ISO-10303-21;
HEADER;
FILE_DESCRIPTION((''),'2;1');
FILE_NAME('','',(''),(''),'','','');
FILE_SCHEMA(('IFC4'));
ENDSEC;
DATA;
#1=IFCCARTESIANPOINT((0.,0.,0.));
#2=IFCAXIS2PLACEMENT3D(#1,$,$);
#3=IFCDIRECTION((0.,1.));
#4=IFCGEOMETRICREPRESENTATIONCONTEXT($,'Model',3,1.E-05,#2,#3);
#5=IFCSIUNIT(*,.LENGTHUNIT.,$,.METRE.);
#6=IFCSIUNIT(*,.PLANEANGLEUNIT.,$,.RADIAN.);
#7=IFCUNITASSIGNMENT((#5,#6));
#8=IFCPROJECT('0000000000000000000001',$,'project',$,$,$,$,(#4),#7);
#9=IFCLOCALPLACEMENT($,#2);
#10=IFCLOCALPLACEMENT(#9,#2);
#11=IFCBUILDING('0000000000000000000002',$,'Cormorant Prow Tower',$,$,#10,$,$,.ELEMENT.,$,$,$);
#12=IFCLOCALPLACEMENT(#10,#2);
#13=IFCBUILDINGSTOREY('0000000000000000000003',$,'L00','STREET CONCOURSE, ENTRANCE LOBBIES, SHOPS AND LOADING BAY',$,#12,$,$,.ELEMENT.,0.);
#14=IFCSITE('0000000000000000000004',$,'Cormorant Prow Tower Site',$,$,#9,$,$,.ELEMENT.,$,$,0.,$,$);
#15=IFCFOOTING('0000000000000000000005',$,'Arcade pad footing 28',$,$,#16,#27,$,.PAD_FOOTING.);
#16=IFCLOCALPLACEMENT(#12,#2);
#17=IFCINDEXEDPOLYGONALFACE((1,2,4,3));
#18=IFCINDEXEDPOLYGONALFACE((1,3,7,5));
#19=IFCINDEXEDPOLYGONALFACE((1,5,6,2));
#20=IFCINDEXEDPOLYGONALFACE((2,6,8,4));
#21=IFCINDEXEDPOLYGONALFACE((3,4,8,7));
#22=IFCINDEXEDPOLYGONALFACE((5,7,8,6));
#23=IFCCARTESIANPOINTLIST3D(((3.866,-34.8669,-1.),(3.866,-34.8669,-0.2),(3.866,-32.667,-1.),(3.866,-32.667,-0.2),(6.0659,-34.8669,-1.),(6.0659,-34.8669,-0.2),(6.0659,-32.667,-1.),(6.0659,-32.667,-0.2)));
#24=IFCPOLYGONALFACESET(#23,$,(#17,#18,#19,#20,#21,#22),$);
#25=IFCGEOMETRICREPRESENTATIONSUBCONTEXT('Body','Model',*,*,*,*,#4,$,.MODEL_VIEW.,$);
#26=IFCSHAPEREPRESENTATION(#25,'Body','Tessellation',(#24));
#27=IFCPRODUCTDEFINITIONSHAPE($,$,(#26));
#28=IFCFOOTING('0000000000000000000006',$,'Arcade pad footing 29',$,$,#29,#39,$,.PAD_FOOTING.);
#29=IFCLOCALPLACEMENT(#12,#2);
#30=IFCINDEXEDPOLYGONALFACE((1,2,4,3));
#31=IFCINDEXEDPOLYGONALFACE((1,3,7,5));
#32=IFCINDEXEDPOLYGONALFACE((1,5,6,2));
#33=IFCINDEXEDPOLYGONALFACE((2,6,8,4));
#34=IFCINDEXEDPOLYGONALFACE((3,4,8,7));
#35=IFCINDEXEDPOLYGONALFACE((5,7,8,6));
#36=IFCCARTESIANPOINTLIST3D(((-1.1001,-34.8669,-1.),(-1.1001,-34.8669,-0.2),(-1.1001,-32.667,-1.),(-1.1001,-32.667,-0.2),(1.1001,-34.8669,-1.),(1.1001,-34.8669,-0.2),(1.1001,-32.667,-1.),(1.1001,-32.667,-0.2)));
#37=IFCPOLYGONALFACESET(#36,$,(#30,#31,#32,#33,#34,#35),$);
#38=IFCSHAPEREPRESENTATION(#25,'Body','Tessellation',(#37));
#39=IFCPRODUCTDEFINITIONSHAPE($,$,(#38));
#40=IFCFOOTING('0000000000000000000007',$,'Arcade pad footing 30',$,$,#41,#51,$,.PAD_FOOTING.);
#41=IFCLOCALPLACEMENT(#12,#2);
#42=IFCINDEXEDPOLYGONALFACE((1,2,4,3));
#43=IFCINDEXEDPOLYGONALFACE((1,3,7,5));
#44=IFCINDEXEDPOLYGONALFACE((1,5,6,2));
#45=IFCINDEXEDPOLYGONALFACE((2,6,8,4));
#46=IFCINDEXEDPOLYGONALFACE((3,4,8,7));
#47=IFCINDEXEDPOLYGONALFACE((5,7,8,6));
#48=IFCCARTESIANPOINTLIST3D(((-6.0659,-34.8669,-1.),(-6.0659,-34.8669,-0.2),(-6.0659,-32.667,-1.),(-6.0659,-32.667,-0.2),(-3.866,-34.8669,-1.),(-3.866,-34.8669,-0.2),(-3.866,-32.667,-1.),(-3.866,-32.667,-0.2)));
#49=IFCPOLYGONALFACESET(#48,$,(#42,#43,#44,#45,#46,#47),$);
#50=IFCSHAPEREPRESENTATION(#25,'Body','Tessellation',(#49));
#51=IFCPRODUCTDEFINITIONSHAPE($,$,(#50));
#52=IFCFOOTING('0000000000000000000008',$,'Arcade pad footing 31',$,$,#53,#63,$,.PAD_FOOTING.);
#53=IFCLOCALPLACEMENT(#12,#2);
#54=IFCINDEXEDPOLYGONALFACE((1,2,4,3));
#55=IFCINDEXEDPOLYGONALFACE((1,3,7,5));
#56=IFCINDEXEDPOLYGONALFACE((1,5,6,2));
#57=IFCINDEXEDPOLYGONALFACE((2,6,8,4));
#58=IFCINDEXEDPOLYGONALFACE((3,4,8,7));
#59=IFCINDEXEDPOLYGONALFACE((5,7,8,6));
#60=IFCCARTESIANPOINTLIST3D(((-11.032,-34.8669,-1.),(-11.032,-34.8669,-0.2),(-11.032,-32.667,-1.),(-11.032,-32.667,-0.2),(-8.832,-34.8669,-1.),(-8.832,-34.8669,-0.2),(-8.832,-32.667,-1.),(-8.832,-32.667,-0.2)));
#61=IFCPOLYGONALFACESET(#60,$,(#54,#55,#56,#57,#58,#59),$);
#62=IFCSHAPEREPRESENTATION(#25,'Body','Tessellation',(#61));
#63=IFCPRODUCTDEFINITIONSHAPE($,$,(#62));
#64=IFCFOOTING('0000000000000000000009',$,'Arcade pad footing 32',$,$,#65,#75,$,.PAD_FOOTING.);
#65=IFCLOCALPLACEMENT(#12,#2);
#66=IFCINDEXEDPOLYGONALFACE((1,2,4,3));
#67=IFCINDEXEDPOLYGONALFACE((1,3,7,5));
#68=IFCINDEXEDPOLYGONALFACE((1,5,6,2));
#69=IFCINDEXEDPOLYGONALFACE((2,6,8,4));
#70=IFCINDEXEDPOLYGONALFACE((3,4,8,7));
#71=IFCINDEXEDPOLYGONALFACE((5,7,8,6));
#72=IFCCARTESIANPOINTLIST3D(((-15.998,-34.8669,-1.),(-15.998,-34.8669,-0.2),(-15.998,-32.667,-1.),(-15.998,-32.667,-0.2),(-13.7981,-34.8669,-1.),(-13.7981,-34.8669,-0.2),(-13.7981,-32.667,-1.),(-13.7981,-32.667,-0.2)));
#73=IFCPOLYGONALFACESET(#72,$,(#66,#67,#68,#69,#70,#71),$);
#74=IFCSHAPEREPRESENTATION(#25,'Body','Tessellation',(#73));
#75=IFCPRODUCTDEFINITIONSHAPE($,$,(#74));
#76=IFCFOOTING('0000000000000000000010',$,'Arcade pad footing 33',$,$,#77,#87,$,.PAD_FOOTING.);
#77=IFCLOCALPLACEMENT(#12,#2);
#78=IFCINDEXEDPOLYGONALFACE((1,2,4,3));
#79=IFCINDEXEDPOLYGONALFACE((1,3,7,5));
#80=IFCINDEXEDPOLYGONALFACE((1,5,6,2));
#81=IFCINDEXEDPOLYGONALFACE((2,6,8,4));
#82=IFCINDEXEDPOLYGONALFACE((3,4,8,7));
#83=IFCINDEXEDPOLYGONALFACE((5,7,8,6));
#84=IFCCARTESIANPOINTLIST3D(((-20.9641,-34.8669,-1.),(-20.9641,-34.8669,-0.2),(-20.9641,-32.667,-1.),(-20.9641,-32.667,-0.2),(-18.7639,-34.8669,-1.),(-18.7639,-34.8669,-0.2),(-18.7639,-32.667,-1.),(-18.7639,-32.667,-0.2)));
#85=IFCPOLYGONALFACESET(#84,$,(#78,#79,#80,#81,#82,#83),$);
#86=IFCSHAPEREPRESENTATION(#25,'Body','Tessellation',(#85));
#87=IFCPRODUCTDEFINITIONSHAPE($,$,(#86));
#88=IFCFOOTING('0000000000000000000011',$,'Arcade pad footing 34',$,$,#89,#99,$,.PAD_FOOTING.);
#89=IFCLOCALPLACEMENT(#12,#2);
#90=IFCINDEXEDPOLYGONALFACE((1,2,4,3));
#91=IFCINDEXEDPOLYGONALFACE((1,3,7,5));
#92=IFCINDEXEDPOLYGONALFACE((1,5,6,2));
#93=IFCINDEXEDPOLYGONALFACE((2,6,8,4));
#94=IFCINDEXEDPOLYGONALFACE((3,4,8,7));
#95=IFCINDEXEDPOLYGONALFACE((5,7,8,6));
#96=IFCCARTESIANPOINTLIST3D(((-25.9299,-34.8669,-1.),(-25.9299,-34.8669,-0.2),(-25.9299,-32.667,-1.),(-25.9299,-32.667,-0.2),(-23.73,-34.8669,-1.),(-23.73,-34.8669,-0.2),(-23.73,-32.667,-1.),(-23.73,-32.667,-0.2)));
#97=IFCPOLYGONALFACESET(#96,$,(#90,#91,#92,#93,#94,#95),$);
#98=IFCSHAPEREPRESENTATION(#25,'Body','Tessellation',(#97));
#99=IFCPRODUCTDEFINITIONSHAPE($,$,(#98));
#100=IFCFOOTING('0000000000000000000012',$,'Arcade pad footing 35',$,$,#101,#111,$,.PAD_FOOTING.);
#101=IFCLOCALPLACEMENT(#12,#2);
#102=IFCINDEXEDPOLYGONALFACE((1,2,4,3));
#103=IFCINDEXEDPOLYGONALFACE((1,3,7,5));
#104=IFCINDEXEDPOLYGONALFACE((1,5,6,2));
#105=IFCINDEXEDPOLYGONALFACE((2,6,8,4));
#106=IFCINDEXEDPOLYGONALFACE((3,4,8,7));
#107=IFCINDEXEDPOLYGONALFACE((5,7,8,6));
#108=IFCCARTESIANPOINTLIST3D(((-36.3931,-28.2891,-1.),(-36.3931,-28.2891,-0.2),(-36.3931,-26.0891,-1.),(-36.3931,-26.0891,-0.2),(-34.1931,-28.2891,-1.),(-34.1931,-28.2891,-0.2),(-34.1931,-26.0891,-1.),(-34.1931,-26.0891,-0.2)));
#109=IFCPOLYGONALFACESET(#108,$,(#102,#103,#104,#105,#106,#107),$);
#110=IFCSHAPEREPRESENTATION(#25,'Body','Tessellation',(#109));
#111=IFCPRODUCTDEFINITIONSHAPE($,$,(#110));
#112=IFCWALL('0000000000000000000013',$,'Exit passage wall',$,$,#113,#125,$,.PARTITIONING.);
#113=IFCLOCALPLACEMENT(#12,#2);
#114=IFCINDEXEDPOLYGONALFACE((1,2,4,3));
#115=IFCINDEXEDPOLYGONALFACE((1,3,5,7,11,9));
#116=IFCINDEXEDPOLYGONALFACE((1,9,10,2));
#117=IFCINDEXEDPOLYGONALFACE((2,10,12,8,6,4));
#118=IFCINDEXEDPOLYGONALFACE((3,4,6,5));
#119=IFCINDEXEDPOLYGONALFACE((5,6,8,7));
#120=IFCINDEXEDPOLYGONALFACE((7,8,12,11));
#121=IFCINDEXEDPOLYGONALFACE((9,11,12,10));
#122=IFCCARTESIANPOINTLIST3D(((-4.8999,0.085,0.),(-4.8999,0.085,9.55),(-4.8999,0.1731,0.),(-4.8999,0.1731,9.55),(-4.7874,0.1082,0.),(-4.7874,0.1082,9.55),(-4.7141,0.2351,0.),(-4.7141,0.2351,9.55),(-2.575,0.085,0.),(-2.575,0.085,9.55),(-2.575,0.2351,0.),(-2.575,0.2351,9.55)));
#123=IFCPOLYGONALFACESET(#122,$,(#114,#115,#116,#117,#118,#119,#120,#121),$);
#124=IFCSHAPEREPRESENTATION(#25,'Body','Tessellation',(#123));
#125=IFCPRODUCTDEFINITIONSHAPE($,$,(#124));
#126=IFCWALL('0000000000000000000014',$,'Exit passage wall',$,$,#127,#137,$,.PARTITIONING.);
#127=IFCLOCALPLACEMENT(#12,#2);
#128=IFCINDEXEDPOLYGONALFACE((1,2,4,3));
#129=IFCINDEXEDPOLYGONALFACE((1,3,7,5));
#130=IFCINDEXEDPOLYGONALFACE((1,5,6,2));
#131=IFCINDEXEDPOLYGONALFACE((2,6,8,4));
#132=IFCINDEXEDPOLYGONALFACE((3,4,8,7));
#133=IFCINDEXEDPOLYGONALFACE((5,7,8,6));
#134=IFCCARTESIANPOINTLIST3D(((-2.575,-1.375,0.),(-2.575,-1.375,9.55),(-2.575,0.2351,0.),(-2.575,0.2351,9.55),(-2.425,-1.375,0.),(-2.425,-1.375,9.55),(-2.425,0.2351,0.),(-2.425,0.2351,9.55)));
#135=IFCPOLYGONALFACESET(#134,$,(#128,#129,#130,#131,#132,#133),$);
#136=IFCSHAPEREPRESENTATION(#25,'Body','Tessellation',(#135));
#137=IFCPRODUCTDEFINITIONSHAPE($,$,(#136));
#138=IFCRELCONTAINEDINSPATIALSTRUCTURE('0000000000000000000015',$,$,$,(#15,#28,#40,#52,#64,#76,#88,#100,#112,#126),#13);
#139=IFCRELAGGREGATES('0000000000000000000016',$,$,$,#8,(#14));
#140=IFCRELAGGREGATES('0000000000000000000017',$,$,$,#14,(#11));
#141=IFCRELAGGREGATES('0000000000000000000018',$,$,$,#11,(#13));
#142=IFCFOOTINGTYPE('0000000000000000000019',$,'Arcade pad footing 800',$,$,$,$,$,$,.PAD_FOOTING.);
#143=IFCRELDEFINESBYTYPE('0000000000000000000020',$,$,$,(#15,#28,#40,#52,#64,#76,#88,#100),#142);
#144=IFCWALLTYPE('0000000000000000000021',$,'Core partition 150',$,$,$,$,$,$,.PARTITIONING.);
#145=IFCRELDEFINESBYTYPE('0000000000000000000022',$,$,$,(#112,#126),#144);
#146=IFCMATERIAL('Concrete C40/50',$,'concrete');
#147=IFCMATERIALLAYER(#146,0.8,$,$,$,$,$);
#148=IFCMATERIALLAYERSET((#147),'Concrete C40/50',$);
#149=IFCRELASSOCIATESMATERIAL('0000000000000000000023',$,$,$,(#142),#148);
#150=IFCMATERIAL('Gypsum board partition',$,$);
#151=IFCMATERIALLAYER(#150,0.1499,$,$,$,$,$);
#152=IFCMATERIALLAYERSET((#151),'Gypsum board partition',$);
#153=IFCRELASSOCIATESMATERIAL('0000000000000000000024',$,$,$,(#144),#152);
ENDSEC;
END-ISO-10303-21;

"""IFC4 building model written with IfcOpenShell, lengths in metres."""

from ifc_helpers import new_model, si_unit, direction, frame, origin, place, context, subcontext, project, spatial, polyline, outline, extrude, material, layer, layer_set, type_object, element, save


model = new_model("IFC4")

# Units and contexts
model_context = context("Model", 3, precision=1e-05, world=origin(), true_north=direction((0.0, 1.0)))
body_context = subcontext(model_context, "Body", "Model", "MODEL_VIEW")
ifc_project = project(units=[si_unit("LENGTHUNIT", "METRE"), si_unit("PLANEANGLEUNIT", "RADIAN")], contexts=[model_context])

# Site, building, storey
site_placement = place(None, origin())
site = spatial("IfcSite", under=ifc_project, at=site_placement, Name="Cormorant Prow Tower Site", CompositionType="ELEMENT", RefElevation=0.0)
building_placement = place(site_placement, origin())
building = spatial("IfcBuilding", under=site, at=building_placement, Name="Cormorant Prow Tower", CompositionType="ELEMENT")
storey_placement = place(building_placement, origin())
storey = spatial("IfcBuildingStorey", under=building, at=storey_placement, Name="L00", Description="STREET CONCOURSE, ENTRANCE LOBBIES, SHOPS AND LOADING BAY", CompositionType="ELEMENT", Elevation=0.0)

# Footings
ifc_material_1 = material(Name="Concrete C40/50", Category="concrete")
ifc_layer_1 = layer(ifc_material_1, 0.8)
ifc_layer_set_1 = layer_set([ifc_layer_1], Name="Concrete C40/50")
footing_type = type_object("IfcFootingType", Name="Arcade pad footing 800", PredefinedType="PAD_FOOTING", material=ifc_layer_set_1)
footing_1_placement = place(storey_placement, frame((0.0, 0.0, -1.0)))
element("IfcFooting", 1, at=footing_1_placement, inside=storey, type_object=footing_type, Name="Arcade pad footing 28", PredefinedType="PAD_FOOTING", context=body_context, shape_type="SweptSolid", body=[
    extrude(outline(polyline([(3.866, -34.8669), (6.0659, -34.8669), (6.0659, -32.667), (3.866, -32.667), (3.866, -34.8669)])), origin(), (0.0, 0.0, 1.0), 0.8),
])
footing_2_placement = place(storey_placement, frame((0.0, 0.0, -1.0)))
element("IfcFooting", 2, at=footing_2_placement, inside=storey, type_object=footing_type, Name="Arcade pad footing 29", PredefinedType="PAD_FOOTING", context=body_context, shape_type="SweptSolid", body=[
    extrude(outline(polyline([(-1.1001, -34.8669), (1.1001, -34.8669), (1.1001, -32.667), (-1.1001, -32.667), (-1.1001, -34.8669)])), origin(), (0.0, 0.0, 1.0), 0.8),
])
footing_3_placement = place(storey_placement, frame((0.0, 0.0, -1.0)))
element("IfcFooting", 3, at=footing_3_placement, inside=storey, type_object=footing_type, Name="Arcade pad footing 30", PredefinedType="PAD_FOOTING", context=body_context, shape_type="SweptSolid", body=[
    extrude(outline(polyline([(-6.0659, -34.8669), (-3.866, -34.8669), (-3.866, -32.667), (-6.0659, -32.667), (-6.0659, -34.8669)])), origin(), (0.0, 0.0, 1.0), 0.8),
])
footing_4_placement = place(storey_placement, frame((0.0, 0.0, -1.0)))
element("IfcFooting", 4, at=footing_4_placement, inside=storey, type_object=footing_type, Name="Arcade pad footing 31", PredefinedType="PAD_FOOTING", context=body_context, shape_type="SweptSolid", body=[
    extrude(outline(polyline([(-11.032, -34.8669), (-8.832, -34.8669), (-8.832, -32.667), (-11.032, -32.667), (-11.032, -34.8669)])), origin(), (0.0, 0.0, 1.0), 0.8),
])
footing_5_placement = place(storey_placement, frame((0.0, 0.0, -1.0)))
element("IfcFooting", 5, at=footing_5_placement, inside=storey, type_object=footing_type, Name="Arcade pad footing 32", PredefinedType="PAD_FOOTING", context=body_context, shape_type="SweptSolid", body=[
    extrude(outline(polyline([(-15.998, -34.8669), (-13.7981, -34.8669), (-13.7981, -32.667), (-15.998, -32.667), (-15.998, -34.8669)])), origin(), (0.0, 0.0, 1.0), 0.8),
])
footing_6_placement = place(storey_placement, frame((0.0, 0.0, -1.0)))
element("IfcFooting", 6, at=footing_6_placement, inside=storey, type_object=footing_type, Name="Arcade pad footing 33", PredefinedType="PAD_FOOTING", context=body_context, shape_type="SweptSolid", body=[
    extrude(outline(polyline([(-20.9641, -34.8669), (-18.7639, -34.8669), (-18.7639, -32.667), (-20.9641, -32.667), (-20.9641, -34.8669)])), origin(), (0.0, 0.0, 1.0), 0.8),
])
footing_7_placement = place(storey_placement, frame((0.0, 0.0, -1.0)))
element("IfcFooting", 7, at=footing_7_placement, inside=storey, type_object=footing_type, Name="Arcade pad footing 34", PredefinedType="PAD_FOOTING", context=body_context, shape_type="SweptSolid", body=[
    extrude(outline(polyline([(-25.9299, -34.8669), (-23.73, -34.8669), (-23.73, -32.667), (-25.9299, -32.667), (-25.9299, -34.8669)])), origin(), (0.0, 0.0, 1.0), 0.8),
])
footing_8_placement = place(storey_placement, frame((0.0, 0.0, -1.0)))
element("IfcFooting", 8, at=footing_8_placement, inside=storey, type_object=footing_type, Name="Arcade pad footing 35", PredefinedType="PAD_FOOTING", context=body_context, shape_type="SweptSolid", body=[
    extrude(outline(polyline([(-36.3931, -28.2891), (-34.1931, -28.2891), (-34.1931, -26.0891), (-36.3931, -26.0891), (-36.3931, -28.2891)])), origin(), (0.0, 0.0, 1.0), 0.8),
])

# Walls
ifc_material_2 = material(Name="Gypsum board partition")
ifc_layer_2 = layer(ifc_material_2, 0.1499)
ifc_layer_set_2 = layer_set([ifc_layer_2], Name="Gypsum board partition")
wall_type_1 = type_object("IfcWallType", Name="Core partition 150", PredefinedType="PARTITIONING", material=ifc_layer_set_2)
wall_1_placement = place(storey_placement, origin())
element("IfcWall", 9, at=wall_1_placement, inside=storey, type_object=wall_type_1, Name="Exit passage wall", PredefinedType="PARTITIONING", context=body_context, shape_type="SweptSolid", body=[
    extrude(outline(polyline([(-2.575, 0.2351), (-2.575, 0.085), (-4.8999, 0.085), (-4.8999, 0.1731), (-4.7874, 0.1082), (-4.7141, 0.2351), (-2.575, 0.2351)])), origin(), (0.0, 0.0, 1.0), 9.55),
])
wall_2_placement = place(storey_placement, origin())
element("IfcWall", 10, at=wall_2_placement, inside=storey, type_object=wall_type_1, Name="Exit passage wall", PredefinedType="PARTITIONING", context=body_context, shape_type="SweptSolid", body=[
    extrude(outline(polyline([(-2.575, 0.2351), (-2.425, 0.2351), (-2.425, -1.375), (-2.575, -1.375), (-2.575, 0.2351)])), origin(), (0.0, 0.0, 1.0), 9.55),
])

save(model, "model.ifc")
